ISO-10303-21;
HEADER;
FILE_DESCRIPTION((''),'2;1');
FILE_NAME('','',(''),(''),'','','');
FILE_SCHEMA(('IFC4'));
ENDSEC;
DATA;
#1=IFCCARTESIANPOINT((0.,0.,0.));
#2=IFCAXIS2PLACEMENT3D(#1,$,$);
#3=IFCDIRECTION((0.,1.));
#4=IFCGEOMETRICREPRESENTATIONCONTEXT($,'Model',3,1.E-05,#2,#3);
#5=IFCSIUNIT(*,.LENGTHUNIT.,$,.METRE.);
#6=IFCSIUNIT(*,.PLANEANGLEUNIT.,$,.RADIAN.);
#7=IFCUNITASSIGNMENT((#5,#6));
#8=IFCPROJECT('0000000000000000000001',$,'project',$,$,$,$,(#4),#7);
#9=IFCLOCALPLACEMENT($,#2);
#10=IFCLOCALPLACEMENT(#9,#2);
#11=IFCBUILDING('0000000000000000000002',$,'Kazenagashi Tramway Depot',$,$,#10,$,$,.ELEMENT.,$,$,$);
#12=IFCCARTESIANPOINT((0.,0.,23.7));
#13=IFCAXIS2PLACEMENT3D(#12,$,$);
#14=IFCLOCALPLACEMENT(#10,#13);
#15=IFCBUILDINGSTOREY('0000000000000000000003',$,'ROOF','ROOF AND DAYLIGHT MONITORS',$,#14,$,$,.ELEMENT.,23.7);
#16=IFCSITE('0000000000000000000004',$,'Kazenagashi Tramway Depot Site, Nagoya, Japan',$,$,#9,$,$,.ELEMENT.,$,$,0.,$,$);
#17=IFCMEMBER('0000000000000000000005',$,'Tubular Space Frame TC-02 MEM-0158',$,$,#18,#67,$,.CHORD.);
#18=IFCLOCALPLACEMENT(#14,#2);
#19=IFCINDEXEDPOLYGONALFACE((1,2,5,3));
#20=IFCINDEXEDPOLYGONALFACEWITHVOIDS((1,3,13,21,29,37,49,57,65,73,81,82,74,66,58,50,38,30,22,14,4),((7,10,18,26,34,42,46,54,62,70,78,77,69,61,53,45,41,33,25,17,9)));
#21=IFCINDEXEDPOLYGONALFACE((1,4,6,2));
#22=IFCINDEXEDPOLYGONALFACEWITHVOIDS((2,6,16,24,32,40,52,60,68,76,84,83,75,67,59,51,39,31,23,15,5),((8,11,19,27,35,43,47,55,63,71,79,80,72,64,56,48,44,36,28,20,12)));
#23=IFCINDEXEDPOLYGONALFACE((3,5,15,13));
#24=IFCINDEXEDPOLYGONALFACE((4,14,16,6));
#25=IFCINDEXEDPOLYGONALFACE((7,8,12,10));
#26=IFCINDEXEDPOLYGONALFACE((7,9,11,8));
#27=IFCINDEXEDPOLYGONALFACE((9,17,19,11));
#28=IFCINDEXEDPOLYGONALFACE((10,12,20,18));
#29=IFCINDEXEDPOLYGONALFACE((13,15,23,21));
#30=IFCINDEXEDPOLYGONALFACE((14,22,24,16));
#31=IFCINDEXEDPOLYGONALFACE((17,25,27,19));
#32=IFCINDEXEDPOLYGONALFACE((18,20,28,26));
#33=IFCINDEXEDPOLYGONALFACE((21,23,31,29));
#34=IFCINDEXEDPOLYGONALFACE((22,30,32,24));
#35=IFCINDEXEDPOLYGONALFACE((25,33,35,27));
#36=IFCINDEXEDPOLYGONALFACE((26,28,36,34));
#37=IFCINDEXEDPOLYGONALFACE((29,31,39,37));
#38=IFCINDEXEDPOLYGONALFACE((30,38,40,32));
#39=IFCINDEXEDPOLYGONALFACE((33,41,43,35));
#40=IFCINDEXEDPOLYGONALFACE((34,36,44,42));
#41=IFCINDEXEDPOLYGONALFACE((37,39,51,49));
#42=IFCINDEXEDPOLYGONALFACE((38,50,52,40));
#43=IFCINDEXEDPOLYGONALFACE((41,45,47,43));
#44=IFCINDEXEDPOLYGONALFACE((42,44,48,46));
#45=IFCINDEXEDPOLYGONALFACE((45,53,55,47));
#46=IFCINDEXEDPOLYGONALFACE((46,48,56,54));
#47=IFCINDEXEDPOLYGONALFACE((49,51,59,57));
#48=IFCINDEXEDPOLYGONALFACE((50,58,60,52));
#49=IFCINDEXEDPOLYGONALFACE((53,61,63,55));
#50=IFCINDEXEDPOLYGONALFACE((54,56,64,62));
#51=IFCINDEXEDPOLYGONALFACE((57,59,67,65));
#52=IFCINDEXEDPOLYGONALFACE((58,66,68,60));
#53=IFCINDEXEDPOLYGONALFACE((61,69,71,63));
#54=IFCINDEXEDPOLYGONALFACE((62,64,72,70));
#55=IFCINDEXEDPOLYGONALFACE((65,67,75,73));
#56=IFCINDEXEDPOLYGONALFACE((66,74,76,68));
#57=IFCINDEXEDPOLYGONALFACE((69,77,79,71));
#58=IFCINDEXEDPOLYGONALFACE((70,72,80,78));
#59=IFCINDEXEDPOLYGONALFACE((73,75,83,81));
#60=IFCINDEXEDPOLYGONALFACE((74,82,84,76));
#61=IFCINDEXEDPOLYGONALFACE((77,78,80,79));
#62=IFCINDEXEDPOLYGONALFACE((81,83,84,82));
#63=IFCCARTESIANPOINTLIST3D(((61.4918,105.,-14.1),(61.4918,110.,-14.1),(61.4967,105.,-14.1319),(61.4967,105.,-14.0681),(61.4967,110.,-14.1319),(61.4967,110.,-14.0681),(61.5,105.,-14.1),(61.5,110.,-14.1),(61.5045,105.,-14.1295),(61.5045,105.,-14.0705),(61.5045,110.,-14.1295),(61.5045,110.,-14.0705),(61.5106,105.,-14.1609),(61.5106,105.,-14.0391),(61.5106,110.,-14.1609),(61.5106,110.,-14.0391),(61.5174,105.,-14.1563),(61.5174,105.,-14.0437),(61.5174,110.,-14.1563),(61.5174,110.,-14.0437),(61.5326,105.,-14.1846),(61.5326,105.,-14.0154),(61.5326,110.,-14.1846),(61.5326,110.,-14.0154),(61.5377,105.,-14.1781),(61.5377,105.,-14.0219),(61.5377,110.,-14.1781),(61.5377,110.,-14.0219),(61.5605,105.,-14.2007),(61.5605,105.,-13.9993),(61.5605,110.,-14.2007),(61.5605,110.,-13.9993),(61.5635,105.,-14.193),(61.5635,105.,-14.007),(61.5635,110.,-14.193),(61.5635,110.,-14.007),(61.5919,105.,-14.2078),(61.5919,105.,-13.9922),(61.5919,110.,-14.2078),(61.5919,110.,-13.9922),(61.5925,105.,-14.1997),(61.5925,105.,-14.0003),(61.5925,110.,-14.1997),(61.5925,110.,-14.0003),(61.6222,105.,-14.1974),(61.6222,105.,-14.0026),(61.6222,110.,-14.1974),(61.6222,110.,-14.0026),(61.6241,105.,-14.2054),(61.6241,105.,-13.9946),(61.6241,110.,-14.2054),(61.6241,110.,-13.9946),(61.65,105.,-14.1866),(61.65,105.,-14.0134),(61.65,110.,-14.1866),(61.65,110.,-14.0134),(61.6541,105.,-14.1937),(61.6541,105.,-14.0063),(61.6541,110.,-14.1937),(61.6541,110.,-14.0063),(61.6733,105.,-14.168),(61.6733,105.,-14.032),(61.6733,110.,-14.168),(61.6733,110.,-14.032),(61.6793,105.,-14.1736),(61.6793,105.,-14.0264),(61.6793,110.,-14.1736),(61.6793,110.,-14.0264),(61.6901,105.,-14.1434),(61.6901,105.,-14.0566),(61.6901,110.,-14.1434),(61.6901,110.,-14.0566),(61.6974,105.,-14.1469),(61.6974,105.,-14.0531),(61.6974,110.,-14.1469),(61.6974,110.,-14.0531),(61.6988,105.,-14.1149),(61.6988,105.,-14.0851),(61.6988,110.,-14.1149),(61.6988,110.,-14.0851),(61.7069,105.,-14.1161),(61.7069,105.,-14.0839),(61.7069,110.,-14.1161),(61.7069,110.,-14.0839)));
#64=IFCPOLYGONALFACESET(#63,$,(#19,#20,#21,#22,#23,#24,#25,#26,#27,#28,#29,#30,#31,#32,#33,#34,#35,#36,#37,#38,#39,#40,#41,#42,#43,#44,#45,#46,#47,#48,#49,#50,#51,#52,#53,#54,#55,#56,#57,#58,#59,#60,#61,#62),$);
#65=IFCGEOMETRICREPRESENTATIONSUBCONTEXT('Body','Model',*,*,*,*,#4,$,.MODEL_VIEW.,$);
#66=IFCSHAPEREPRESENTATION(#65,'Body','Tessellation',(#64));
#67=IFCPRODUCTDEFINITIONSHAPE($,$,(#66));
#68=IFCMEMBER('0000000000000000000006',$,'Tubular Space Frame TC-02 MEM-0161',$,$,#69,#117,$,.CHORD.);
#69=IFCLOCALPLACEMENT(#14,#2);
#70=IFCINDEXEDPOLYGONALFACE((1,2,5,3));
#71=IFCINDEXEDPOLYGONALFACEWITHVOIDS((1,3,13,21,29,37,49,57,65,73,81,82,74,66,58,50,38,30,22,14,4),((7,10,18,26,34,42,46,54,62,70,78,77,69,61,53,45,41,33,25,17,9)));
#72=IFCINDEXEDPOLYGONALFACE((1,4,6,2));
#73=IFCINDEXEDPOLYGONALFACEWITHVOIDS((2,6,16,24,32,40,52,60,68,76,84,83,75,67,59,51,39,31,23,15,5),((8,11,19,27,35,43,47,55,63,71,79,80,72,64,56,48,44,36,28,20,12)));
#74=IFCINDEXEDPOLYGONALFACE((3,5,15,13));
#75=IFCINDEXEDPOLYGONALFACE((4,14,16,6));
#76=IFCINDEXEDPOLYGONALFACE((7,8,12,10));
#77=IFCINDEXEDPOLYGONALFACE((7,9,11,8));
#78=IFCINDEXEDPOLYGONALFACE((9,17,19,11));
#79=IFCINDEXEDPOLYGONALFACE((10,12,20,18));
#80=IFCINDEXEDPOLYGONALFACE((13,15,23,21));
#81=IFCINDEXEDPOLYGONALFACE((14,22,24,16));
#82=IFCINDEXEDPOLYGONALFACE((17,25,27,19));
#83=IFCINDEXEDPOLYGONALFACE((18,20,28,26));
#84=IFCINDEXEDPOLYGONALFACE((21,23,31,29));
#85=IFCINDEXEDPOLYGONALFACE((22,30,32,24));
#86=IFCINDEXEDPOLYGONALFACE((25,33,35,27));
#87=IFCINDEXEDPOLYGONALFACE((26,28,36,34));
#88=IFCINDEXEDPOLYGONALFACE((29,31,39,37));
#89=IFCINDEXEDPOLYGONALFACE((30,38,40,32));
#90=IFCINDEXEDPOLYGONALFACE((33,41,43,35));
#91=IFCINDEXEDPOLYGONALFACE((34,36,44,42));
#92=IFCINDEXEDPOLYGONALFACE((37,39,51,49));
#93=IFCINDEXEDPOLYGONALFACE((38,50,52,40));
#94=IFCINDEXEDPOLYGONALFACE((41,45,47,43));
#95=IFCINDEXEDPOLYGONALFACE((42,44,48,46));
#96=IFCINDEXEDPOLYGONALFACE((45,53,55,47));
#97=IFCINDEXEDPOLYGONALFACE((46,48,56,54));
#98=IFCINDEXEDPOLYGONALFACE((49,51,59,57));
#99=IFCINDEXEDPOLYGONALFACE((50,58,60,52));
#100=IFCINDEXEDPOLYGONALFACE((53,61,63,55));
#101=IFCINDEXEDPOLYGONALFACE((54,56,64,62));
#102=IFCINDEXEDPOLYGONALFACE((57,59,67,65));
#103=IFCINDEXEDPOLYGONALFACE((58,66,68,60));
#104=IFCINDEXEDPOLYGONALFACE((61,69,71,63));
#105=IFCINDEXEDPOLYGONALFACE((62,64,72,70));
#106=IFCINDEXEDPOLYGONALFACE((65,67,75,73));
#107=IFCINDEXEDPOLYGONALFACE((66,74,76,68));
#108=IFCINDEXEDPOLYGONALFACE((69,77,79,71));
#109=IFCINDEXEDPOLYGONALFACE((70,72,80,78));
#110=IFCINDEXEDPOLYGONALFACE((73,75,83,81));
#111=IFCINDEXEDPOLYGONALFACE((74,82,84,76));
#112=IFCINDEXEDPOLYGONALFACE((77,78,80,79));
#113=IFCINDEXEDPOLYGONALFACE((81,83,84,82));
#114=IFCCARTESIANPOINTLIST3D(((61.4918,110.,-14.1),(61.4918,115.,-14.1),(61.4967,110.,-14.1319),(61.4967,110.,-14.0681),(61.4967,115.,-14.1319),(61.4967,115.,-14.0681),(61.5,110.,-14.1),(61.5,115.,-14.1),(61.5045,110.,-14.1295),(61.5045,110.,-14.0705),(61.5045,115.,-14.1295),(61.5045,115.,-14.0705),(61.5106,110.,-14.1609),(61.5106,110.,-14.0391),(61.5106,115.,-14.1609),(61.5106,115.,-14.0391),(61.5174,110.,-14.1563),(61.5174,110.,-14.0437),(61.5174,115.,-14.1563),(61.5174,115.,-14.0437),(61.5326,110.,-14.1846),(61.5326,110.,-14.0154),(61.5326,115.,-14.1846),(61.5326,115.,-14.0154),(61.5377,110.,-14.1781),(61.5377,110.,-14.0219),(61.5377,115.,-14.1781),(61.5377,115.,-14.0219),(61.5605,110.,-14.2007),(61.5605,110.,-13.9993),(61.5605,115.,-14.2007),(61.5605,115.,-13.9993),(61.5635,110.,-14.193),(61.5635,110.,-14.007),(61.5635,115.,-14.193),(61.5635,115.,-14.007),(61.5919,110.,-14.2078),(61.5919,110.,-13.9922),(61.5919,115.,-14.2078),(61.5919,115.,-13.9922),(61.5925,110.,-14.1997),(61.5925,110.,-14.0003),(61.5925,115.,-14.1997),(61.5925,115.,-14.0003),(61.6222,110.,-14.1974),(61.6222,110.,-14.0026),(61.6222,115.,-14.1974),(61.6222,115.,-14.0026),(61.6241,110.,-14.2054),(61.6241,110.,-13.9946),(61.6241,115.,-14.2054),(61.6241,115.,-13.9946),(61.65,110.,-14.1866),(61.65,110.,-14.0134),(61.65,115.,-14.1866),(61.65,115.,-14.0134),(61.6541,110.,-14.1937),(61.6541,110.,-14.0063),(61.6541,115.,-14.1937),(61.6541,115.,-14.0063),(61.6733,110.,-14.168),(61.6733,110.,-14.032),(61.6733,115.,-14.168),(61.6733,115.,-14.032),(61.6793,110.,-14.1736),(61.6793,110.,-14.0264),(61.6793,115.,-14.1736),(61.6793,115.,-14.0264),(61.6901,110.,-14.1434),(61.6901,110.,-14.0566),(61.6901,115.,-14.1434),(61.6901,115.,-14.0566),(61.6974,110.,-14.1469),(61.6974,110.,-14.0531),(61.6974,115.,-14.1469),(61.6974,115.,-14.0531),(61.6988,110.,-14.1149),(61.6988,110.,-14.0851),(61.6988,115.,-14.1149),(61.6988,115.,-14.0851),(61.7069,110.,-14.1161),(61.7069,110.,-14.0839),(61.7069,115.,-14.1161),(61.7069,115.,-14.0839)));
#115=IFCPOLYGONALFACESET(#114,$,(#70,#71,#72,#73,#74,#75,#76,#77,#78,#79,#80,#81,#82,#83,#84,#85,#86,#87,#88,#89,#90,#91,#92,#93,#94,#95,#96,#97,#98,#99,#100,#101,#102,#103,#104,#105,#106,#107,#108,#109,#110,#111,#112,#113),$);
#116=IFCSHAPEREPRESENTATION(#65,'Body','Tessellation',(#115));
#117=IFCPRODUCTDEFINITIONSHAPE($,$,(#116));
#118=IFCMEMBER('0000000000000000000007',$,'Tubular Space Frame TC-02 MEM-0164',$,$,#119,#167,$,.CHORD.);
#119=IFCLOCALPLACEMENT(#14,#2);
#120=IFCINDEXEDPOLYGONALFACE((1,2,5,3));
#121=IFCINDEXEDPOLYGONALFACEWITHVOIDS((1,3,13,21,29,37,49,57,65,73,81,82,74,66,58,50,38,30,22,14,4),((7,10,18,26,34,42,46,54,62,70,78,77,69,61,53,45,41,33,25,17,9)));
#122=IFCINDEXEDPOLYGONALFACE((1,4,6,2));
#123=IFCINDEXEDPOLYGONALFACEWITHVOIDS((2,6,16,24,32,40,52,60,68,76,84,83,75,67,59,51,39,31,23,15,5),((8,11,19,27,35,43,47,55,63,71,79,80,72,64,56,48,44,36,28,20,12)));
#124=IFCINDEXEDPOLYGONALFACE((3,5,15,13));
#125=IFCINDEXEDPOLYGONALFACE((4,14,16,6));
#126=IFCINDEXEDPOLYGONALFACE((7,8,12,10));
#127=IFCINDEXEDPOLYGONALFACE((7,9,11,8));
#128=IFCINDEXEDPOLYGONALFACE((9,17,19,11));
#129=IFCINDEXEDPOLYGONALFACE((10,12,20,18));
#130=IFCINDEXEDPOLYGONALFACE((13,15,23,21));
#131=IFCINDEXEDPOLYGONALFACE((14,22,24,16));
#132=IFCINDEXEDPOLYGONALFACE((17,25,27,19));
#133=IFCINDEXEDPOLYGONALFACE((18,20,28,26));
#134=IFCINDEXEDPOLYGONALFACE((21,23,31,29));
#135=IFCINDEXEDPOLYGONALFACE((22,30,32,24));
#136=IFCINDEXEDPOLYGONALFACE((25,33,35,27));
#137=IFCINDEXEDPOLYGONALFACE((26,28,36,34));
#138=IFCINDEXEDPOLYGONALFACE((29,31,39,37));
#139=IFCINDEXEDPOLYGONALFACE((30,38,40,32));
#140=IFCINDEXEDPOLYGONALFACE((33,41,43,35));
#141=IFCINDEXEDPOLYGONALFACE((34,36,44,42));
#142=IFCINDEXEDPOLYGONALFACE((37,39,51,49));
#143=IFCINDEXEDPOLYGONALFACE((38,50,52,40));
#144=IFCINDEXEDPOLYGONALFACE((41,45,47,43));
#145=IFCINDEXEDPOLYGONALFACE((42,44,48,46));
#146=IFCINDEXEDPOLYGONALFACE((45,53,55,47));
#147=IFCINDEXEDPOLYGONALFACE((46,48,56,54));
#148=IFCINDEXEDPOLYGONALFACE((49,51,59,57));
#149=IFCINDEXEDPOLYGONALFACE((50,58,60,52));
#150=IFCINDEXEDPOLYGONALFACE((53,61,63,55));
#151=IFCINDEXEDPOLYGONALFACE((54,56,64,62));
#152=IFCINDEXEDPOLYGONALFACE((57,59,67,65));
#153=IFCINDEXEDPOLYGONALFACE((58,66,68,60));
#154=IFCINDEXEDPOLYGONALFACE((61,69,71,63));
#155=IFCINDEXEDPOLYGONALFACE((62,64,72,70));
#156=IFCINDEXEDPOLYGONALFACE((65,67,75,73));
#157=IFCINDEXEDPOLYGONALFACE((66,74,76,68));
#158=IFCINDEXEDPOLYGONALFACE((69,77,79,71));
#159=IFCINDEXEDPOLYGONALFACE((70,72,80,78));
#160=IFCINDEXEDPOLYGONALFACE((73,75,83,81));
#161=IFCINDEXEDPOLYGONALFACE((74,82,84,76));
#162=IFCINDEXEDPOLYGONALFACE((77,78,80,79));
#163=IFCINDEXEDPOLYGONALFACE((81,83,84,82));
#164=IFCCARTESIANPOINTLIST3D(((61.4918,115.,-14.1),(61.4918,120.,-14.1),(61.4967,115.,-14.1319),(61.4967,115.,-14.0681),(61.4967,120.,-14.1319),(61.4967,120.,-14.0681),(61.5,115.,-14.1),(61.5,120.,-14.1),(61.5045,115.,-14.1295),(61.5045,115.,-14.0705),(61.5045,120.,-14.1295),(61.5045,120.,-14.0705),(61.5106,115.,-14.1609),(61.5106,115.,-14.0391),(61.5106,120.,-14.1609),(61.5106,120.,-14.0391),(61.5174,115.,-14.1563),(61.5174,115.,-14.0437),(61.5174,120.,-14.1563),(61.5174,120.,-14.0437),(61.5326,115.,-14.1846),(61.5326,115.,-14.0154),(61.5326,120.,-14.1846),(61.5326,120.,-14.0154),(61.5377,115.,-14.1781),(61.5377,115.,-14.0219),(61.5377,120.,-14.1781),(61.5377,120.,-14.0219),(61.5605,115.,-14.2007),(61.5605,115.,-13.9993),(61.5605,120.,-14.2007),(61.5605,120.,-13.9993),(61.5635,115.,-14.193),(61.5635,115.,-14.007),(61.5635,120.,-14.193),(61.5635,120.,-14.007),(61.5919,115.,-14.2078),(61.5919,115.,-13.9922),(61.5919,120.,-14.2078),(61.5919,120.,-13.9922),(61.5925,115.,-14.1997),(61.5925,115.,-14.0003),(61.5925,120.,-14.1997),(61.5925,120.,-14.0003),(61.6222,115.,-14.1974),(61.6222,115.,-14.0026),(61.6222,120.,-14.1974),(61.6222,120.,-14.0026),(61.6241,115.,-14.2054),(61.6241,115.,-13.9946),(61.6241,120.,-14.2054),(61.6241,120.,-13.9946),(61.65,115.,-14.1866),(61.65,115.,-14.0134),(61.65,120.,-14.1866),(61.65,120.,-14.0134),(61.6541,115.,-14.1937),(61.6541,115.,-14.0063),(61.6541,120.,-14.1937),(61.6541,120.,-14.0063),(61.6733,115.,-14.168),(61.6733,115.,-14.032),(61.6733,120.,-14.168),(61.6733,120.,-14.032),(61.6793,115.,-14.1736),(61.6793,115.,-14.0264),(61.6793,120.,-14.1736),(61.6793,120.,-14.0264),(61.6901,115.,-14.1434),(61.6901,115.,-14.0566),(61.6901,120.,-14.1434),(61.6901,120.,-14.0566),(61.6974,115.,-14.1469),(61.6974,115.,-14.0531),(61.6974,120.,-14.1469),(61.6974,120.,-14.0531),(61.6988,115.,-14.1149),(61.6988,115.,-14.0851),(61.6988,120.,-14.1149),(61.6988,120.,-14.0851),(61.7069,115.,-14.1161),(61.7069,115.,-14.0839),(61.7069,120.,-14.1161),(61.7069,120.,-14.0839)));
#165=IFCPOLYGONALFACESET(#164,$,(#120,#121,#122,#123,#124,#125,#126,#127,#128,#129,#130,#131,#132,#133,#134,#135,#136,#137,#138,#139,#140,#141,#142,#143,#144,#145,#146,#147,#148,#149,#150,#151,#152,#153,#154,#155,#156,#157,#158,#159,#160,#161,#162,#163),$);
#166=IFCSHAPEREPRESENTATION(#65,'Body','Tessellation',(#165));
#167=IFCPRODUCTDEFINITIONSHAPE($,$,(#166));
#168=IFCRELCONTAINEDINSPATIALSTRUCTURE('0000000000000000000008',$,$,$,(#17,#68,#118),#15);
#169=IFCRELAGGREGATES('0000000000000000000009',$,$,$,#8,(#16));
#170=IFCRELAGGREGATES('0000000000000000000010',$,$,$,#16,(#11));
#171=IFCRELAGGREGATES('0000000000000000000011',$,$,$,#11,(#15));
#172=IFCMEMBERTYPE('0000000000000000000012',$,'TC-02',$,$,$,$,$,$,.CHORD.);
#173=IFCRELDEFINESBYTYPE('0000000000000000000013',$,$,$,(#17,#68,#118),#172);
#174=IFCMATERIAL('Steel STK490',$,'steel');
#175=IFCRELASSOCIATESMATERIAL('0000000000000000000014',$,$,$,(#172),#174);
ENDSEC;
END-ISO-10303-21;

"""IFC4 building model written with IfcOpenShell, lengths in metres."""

from ifc_helpers import new_model, si_unit, direction, frame, origin, origin_2d, place, context, subcontext, project, spatial, hollow_circle, extrude, material, material_profile, profile_set, type_object, element, save


model = new_model("IFC4")

# Units and contexts
model_context = context("Model", 3, precision=1e-05, world=origin(), true_north=direction((0.0, 1.0)))
body_context = subcontext(model_context, "Body", "Model", "MODEL_VIEW")
ifc_project = project(units=[si_unit("LENGTHUNIT", "METRE"), si_unit("PLANEANGLEUNIT", "RADIAN")], contexts=[model_context])

# Site, building, storey
site_placement = place(None, origin())
site = spatial("IfcSite", under=ifc_project, at=site_placement, Name="Kazenagashi Tramway Depot Site, Nagoya, Japan", CompositionType="ELEMENT", RefElevation=0.0)
building_placement = place(site_placement, origin())
building = spatial("IfcBuilding", under=site, at=building_placement, Name="Kazenagashi Tramway Depot", CompositionType="ELEMENT")
storey_placement = place(building_placement, frame((0.0, 0.0, 23.7)))
storey = spatial("IfcBuildingStorey", under=building, at=storey_placement, Name="ROOF", Description="ROOF AND DAYLIGHT MONITORS", CompositionType="ELEMENT", Elevation=23.7)

# Members
ifc_material_1 = material(Name="Steel STK490", Category="steel")
ifc_material_profile_1 = material_profile(ifc_material_1, hollow_circle(Radius=0.1081, WallThickness=0.0082, at=origin_2d()), Name="CHS-216.3x8.2")
ifc_profile_set_1 = profile_set([ifc_material_profile_1], Name="Steel STK490")
member_type_1 = type_object("IfcMemberType", Name="TC-02", PredefinedType="CHORD", material=ifc_profile_set_1)
for number, where, z_axis, x_axis, name in (
    (1, (61.6, 105.0, -14.1), (0.0, 1.0, 0.0), (-1.0, 0.0, 0.0), "Tubular Space Frame TC-02 MEM-0158"),
    (2, (61.6, 110.0, -14.1), (0.0, 1.0, 0.0), (-1.0, 0.0, 0.0), "Tubular Space Frame TC-02 MEM-0161"),
    (3, (61.6, 115.0, -14.1), (0.0, 1.0, 0.0), (-1.0, 0.0, 0.0), "Tubular Space Frame TC-02 MEM-0164"),
):
    element("IfcMember", number, at=place(storey_placement, frame(where, z_axis=z_axis, x_axis=x_axis)), inside=storey, type_object=member_type_1, Name=name, PredefinedType="CHORD", context=body_context, shape_type="SweptSolid", body=[
        extrude(hollow_circle(Radius=0.1081, WallThickness=0.0082, at=origin_2d()), origin(), (0.0, 0.0, 1.0), 5.0),
    ])

save(model, "model.ifc")
